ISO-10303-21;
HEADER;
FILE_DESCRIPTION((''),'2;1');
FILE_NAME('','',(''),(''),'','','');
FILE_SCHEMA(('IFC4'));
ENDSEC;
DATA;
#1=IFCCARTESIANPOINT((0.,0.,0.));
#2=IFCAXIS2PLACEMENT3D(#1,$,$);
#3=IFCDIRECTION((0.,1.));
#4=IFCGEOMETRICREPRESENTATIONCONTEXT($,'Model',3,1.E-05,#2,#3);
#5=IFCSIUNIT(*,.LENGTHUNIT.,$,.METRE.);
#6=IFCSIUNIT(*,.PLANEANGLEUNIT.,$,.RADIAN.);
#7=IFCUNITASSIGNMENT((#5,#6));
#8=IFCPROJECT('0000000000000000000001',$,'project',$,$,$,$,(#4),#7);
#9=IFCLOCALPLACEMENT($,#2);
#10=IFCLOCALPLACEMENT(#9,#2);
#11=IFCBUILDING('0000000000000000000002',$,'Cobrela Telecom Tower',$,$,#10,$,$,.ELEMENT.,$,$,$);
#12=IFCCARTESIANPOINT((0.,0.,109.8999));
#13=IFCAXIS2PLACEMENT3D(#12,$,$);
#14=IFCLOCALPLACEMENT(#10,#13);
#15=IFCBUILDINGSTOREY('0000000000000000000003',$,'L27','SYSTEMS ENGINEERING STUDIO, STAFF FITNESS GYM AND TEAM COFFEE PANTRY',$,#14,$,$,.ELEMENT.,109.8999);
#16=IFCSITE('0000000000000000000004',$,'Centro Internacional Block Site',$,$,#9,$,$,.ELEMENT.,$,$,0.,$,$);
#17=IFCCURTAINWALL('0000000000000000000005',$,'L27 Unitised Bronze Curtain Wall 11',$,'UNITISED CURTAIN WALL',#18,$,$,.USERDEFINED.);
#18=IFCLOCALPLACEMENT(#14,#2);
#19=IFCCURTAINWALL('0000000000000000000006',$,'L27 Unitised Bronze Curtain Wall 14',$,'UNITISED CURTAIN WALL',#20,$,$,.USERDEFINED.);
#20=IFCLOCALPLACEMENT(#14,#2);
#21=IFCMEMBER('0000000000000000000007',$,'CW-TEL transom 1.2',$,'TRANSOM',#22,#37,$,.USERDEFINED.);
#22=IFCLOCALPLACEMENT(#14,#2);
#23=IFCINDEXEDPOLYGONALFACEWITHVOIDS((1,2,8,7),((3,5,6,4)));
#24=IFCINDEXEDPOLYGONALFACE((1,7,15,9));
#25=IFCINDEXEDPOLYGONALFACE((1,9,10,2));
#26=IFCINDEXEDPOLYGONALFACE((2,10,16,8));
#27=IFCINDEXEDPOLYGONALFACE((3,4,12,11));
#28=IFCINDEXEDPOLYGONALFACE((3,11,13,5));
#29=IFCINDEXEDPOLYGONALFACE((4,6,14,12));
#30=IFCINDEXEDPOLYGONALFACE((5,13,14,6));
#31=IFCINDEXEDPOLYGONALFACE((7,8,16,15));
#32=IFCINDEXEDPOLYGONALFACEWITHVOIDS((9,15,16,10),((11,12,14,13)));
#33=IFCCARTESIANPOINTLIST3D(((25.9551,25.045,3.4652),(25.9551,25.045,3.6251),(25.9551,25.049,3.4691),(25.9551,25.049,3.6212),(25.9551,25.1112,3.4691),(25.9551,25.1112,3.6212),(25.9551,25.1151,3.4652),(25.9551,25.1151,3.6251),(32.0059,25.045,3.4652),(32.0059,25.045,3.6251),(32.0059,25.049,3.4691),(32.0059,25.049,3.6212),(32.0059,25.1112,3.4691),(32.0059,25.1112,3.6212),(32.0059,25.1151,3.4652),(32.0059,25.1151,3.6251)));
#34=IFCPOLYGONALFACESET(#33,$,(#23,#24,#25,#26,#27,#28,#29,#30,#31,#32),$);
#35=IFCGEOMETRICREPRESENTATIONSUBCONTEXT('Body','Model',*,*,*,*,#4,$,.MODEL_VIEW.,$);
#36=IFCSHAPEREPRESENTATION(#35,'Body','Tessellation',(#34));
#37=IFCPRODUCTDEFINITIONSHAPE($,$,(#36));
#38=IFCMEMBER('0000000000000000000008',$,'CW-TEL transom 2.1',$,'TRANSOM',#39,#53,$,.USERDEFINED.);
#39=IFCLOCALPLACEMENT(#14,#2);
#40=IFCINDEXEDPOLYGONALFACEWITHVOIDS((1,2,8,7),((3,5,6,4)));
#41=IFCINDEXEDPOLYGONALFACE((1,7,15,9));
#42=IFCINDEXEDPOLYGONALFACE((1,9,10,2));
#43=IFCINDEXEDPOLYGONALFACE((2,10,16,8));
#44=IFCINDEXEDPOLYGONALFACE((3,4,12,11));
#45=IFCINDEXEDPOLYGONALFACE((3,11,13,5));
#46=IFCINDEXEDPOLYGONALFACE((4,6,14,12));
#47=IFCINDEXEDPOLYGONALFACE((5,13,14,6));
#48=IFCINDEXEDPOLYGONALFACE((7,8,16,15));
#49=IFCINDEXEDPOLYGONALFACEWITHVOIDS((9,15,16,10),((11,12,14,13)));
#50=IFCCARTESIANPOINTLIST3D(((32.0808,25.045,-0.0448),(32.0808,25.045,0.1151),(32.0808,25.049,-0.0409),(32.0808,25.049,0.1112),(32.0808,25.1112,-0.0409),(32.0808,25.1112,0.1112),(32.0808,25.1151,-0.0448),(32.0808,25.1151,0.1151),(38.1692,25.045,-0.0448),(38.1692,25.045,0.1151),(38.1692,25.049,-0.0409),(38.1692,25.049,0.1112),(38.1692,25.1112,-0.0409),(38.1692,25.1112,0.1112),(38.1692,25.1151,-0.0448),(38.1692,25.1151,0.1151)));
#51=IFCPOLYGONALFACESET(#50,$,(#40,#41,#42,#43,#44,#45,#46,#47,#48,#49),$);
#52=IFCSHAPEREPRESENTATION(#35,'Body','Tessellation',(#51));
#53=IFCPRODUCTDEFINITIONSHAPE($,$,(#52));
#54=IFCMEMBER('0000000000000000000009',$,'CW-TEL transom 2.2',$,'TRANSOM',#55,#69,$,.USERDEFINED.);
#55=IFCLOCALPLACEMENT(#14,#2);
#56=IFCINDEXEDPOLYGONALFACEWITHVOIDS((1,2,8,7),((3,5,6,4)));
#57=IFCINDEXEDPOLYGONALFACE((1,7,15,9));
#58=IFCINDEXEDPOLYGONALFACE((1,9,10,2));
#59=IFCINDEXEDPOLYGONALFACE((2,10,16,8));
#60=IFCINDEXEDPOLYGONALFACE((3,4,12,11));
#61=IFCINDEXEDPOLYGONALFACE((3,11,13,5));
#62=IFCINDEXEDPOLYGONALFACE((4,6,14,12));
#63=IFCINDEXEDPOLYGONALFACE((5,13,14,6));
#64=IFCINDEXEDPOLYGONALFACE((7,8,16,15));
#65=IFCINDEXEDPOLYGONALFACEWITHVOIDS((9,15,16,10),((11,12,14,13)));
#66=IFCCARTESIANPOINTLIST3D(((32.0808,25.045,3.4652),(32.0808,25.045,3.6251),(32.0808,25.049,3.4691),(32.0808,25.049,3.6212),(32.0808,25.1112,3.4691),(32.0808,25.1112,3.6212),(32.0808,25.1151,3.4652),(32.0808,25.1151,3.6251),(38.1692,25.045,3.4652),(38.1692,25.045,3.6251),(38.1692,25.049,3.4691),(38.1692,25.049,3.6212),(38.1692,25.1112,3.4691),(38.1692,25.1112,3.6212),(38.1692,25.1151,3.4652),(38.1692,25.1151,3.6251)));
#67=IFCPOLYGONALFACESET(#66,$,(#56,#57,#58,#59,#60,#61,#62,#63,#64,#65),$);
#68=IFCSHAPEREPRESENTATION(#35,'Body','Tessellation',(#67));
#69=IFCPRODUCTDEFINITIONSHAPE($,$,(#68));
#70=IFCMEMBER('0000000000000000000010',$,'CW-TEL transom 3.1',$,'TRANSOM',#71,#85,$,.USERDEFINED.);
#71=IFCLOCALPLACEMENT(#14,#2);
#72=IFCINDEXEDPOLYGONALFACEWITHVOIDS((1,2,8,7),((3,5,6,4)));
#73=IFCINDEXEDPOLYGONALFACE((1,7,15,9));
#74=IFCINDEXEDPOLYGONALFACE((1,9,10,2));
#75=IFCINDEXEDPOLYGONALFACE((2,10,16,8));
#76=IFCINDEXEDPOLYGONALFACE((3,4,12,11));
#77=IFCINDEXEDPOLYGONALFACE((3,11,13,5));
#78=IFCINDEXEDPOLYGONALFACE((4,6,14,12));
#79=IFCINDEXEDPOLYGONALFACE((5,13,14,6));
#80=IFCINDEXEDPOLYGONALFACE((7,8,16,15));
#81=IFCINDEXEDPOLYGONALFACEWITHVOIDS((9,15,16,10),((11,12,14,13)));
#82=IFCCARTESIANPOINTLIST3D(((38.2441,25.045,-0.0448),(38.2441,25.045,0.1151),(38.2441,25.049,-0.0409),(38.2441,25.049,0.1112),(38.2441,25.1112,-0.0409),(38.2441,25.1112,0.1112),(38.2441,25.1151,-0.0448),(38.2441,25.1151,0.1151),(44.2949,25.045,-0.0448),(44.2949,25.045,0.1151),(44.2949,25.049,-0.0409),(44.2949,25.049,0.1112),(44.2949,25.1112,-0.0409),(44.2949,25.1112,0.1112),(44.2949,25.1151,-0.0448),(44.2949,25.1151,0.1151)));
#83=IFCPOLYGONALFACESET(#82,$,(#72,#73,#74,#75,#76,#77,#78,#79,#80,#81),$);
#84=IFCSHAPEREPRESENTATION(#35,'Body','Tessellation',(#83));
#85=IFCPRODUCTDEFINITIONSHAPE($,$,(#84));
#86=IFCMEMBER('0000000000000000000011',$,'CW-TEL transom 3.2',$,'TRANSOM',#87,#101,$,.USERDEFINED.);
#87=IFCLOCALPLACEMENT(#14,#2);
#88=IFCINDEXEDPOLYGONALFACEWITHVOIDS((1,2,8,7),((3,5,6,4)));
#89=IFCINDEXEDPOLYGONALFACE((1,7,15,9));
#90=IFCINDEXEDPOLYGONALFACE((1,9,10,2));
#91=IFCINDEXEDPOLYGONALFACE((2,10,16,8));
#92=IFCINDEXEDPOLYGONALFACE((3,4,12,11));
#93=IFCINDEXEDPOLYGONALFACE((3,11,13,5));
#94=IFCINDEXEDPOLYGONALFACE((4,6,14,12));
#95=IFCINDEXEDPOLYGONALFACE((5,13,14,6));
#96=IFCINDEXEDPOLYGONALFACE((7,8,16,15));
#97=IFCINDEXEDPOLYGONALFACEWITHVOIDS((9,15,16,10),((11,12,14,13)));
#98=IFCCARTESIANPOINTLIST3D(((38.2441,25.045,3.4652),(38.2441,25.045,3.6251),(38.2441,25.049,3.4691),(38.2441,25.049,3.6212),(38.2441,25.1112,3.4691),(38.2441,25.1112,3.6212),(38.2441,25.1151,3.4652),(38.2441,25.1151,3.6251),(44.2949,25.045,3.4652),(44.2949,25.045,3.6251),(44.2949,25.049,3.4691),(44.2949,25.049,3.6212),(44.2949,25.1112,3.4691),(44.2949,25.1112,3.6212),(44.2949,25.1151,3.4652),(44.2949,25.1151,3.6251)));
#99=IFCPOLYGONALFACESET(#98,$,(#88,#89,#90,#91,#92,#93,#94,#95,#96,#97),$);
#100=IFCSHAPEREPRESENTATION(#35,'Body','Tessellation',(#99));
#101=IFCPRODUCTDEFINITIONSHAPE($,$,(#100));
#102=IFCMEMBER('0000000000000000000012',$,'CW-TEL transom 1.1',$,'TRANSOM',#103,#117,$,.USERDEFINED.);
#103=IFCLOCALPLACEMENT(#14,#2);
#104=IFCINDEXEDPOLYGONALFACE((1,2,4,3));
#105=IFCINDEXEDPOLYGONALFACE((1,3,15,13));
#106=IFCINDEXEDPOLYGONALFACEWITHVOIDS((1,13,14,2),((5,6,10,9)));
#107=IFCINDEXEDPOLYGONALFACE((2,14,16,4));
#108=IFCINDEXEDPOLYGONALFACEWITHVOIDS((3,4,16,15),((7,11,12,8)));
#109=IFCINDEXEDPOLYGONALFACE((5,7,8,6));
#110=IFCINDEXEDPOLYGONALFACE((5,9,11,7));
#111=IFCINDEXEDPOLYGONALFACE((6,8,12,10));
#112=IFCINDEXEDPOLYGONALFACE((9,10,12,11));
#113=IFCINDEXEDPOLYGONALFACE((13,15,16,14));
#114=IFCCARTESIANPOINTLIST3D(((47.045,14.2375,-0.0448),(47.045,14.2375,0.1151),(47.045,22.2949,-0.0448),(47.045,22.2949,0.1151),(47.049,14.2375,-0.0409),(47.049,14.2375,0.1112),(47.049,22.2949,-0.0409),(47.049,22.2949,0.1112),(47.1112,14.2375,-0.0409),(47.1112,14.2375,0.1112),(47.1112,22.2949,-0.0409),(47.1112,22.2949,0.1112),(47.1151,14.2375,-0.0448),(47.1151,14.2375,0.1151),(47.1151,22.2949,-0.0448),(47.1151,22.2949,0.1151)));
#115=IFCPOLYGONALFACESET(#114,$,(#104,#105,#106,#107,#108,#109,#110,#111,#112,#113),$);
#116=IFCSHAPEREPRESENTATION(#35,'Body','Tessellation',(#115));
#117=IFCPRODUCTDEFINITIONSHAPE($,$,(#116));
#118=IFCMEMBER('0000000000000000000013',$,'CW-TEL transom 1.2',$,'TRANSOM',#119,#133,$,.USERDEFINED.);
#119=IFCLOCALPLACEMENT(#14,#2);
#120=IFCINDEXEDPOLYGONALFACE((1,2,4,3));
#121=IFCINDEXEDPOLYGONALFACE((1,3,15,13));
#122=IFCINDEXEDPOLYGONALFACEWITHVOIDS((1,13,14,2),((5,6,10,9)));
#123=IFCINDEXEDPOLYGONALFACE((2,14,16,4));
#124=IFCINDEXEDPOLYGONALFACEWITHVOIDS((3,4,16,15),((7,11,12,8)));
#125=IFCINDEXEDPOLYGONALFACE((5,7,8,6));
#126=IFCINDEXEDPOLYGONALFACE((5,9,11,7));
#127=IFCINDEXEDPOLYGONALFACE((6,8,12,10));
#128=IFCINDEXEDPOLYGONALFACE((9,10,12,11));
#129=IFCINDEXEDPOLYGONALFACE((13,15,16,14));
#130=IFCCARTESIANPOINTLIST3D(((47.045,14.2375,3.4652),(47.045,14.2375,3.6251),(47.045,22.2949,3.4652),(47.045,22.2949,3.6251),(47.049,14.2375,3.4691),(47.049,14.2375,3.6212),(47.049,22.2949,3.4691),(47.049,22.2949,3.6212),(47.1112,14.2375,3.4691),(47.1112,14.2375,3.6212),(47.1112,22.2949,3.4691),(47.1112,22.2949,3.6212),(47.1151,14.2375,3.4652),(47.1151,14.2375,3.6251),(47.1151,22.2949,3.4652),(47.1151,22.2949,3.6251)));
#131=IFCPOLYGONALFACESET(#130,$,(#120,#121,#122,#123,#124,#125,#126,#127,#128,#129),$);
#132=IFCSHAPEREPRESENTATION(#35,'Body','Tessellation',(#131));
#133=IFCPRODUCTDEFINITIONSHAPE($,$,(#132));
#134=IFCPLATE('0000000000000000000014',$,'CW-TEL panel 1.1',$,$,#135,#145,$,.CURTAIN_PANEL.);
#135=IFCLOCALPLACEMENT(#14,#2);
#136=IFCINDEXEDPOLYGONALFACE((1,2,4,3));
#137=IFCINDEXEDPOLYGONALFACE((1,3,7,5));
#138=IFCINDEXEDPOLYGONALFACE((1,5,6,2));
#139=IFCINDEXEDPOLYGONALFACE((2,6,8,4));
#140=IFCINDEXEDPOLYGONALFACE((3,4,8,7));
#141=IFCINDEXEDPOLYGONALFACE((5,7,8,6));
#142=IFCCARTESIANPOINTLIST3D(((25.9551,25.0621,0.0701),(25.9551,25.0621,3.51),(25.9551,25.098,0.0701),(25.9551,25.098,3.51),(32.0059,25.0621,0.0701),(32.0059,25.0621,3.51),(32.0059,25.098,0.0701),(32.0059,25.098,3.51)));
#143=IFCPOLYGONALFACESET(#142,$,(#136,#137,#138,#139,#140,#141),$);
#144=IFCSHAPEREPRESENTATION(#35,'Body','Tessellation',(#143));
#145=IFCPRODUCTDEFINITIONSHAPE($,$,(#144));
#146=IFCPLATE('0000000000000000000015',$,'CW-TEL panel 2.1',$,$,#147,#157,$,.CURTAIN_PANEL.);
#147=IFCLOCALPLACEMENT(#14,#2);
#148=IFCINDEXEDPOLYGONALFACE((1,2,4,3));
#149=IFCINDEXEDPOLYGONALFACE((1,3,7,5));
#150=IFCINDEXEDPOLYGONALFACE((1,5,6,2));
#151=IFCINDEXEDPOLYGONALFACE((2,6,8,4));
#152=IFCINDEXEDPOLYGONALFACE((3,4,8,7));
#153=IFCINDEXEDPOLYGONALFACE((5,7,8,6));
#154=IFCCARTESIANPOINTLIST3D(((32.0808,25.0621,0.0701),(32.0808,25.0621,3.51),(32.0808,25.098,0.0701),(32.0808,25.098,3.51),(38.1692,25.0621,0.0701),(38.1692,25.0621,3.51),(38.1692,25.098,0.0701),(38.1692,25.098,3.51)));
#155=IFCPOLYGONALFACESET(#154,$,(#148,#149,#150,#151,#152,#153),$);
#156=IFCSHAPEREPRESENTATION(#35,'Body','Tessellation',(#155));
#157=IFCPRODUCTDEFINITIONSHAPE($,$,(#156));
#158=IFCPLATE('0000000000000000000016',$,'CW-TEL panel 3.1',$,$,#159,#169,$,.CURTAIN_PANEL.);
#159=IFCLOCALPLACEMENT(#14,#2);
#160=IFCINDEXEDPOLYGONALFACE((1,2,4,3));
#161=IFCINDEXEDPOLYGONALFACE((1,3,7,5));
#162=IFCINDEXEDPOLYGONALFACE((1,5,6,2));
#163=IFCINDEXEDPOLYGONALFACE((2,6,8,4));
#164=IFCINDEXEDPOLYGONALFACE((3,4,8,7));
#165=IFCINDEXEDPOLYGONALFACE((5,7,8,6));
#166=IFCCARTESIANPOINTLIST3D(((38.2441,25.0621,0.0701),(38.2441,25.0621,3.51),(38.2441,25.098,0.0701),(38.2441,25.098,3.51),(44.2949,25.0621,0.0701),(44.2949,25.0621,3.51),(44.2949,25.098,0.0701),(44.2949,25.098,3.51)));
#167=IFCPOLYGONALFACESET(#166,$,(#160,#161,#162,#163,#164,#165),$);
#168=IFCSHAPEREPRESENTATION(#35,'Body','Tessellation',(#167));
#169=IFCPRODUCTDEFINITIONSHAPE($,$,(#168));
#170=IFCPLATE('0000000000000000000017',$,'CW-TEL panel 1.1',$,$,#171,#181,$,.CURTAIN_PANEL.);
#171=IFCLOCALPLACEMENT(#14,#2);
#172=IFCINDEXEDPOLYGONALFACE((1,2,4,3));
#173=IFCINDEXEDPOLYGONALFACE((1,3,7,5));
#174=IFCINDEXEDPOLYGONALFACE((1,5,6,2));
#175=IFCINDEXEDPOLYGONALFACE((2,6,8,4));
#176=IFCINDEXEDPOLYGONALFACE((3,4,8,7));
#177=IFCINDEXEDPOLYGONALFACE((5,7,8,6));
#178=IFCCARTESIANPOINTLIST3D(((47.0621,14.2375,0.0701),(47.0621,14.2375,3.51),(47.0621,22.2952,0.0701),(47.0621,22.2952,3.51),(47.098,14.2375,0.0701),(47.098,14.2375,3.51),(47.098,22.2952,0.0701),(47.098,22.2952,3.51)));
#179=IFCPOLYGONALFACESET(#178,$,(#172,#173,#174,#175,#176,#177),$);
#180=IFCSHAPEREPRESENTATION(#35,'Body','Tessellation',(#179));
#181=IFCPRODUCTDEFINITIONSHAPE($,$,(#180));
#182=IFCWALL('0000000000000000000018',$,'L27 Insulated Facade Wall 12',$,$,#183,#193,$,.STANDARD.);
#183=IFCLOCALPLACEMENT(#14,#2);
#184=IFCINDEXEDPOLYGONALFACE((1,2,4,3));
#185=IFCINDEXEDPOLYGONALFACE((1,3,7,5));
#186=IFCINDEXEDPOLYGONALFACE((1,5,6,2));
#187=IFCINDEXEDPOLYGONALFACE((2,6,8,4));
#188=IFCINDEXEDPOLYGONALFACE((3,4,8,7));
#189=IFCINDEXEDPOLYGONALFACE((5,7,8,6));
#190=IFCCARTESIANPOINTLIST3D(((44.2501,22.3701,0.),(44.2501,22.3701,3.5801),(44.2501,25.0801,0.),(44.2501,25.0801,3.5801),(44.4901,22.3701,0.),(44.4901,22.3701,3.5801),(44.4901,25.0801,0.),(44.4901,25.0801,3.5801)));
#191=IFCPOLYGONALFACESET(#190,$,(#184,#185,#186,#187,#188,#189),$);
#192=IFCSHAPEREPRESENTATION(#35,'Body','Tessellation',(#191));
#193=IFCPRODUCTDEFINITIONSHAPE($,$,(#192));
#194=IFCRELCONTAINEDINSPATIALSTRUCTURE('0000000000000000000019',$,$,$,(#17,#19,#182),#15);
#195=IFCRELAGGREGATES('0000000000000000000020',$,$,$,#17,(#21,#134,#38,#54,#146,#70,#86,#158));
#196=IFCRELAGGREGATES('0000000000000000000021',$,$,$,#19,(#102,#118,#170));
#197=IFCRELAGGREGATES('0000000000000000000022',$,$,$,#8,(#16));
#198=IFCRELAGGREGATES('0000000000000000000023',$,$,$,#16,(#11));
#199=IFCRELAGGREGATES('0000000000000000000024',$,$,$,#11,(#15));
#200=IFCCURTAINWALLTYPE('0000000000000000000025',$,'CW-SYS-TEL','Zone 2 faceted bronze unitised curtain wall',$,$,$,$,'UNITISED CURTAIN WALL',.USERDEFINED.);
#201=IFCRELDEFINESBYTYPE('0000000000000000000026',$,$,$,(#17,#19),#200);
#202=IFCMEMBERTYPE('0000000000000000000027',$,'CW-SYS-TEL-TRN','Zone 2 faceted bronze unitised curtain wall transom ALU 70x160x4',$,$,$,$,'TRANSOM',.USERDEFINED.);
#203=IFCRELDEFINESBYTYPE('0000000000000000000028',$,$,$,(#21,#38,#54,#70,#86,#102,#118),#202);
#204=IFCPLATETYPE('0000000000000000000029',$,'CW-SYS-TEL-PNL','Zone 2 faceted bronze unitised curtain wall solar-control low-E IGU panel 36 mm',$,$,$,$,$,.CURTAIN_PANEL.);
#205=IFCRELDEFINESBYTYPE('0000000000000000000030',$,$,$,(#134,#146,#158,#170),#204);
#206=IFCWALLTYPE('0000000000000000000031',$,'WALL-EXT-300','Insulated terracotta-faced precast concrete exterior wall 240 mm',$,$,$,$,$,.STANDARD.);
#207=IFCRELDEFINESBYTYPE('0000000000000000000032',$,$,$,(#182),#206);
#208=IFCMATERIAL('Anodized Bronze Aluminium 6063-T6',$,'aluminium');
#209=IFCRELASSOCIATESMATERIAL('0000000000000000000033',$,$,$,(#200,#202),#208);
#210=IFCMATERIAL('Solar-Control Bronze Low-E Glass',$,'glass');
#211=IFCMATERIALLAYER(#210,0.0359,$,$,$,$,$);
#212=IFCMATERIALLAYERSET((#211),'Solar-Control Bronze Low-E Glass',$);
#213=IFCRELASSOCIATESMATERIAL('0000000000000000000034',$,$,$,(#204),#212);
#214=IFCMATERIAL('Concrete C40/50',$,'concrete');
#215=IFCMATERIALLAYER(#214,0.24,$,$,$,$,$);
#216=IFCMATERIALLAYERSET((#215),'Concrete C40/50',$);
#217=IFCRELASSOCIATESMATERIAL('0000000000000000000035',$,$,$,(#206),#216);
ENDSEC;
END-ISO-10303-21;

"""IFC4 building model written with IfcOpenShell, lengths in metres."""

from ifc_helpers import new_model, si_unit, direction, frame, frame_2d, origin, origin_2d, place, context, subcontext, project, spatial, rectangle, hollow_rectangle, extrude, material, layer, layer_set, material_profile, profile_set, type_object, element, aggregate, save


model = new_model("IFC4")

# Units and contexts
model_context = context("Model", 3, precision=1e-05, world=origin(), true_north=direction((0.0, 1.0)))
body_context = subcontext(model_context, "Body", "Model", "MODEL_VIEW")
ifc_project = project(units=[si_unit("LENGTHUNIT", "METRE"), si_unit("PLANEANGLEUNIT", "RADIAN")], contexts=[model_context])

# Site, building, storey
site_placement = place(None, origin())
site = spatial("IfcSite", under=ifc_project, at=site_placement, Name="Centro Internacional Block Site", CompositionType="ELEMENT", RefElevation=0.0)
building_placement = place(site_placement, origin())
building = spatial("IfcBuilding", under=site, at=building_placement, Name="Cobrela Telecom Tower", CompositionType="ELEMENT")
storey_placement = place(building_placement, frame((0.0, 0.0, 109.8999)))
storey = spatial("IfcBuildingStorey", under=building, at=storey_placement, Name="L27", Description="SYSTEMS ENGINEERING STUDIO, STAFF FITNESS GYM AND TEAM COFFEE PANTRY", CompositionType="ELEMENT", Elevation=109.8999)

# Curtain wall
ifc_material_1 = material(Name="Anodized Bronze Aluminium 6063-T6", Category="aluminium")
curtain_wall_type = type_object("IfcCurtainWallType", Name="CW-SYS-TEL", Description="Zone 2 faceted bronze unitised curtain wall", ElementType="UNITISED CURTAIN WALL", PredefinedType="USERDEFINED", material=ifc_material_1)
curtain_wall_1_placement = place(storey_placement, origin())
curtain_wall_1 = element("IfcCurtainWall", 1, at=curtain_wall_1_placement, inside=storey, type_object=curtain_wall_type, Name="L27 Unitised Bronze Curtain Wall 11", ObjectType="UNITISED CURTAIN WALL", PredefinedType="USERDEFINED")

# Curtain wall
curtain_wall_2_placement = place(storey_placement, origin())
curtain_wall_2 = element("IfcCurtainWall", 2, at=curtain_wall_2_placement, inside=storey, type_object=curtain_wall_type, Name="L27 Unitised Bronze Curtain Wall 14", ObjectType="UNITISED CURTAIN WALL", PredefinedType="USERDEFINED")

# Members
ifc_material_profile_1 = material_profile(ifc_material_1, hollow_rectangle(XDim=0.0701, YDim=0.1599, WallThickness=0.0039, at=origin_2d()), Name="ALU 70x160x4")
ifc_profile_set_1 = profile_set([ifc_material_profile_1], Name="Anodized Bronze Aluminium 6063-T6")
member_type_1 = type_object("IfcMemberType", Name="CW-SYS-TEL-TRN", Description="Zone 2 faceted bronze unitised curtain wall transom ALU 70x160x4", ElementType="TRANSOM", PredefinedType="USERDEFINED", material=ifc_profile_set_1)
member_1_placement = place(storey_placement, frame((25.9551, 25.0801, 3.5452), z_axis=(1.0, 0.0, 0.0), x_axis=(0.0, 1.0, 0.0)))
member_1 = element("IfcMember", 3, at=member_1_placement, type_object=member_type_1, Name="CW-TEL transom 1.2", ObjectType="TRANSOM", PredefinedType="USERDEFINED", context=body_context, shape_type="SweptSolid", body=[
    extrude(hollow_rectangle(XDim=0.0701, YDim=0.1599, WallThickness=0.0039, at=origin_2d()), origin(), (0.0, 0.0, 1.0), 6.0508),
])
member_2_placement = place(storey_placement, frame((32.0808, 25.0801, 0.0352), z_axis=(1.0, 0.0, 0.0), x_axis=(0.0, 1.0, 0.0)))
member_2 = element("IfcMember", 4, at=member_2_placement, type_object=member_type_1, Name="CW-TEL transom 2.1", ObjectType="TRANSOM", PredefinedType="USERDEFINED", context=body_context, shape_type="SweptSolid", body=[
    extrude(hollow_rectangle(XDim=0.0701, YDim=0.1599, WallThickness=0.0039, at=origin_2d()), origin(), (0.0, 0.0, 1.0), 6.0884),
])
member_3_placement = place(storey_placement, frame((32.0808, 25.0801, 3.5452), z_axis=(1.0, 0.0, 0.0), x_axis=(0.0, 1.0, 0.0)))
member_3 = element("IfcMember", 5, at=member_3_placement, type_object=member_type_1, Name="CW-TEL transom 2.2", ObjectType="TRANSOM", PredefinedType="USERDEFINED", context=body_context, shape_type="SweptSolid", body=[
    extrude(hollow_rectangle(XDim=0.0701, YDim=0.1599, WallThickness=0.0039, at=origin_2d()), origin(), (0.0, 0.0, 1.0), 6.0884),
])
member_4_placement = place(storey_placement, frame((38.2441, 25.0801, 0.0352), z_axis=(1.0, 0.0, 0.0), x_axis=(0.0, 1.0, 0.0)))
member_4 = element("IfcMember", 6, at=member_4_placement, type_object=member_type_1, Name="CW-TEL transom 3.1", ObjectType="TRANSOM", PredefinedType="USERDEFINED", context=body_context, shape_type="SweptSolid", body=[
    extrude(hollow_rectangle(XDim=0.0701, YDim=0.1599, WallThickness=0.0039, at=origin_2d()), origin(), (0.0, 0.0, 1.0), 6.0508),
])
member_5_placement = place(storey_placement, frame((38.2441, 25.0801, 3.5452), z_axis=(1.0, 0.0, 0.0), x_axis=(0.0, 1.0, 0.0)))
member_5 = element("IfcMember", 7, at=member_5_placement, type_object=member_type_1, Name="CW-TEL transom 3.2", ObjectType="TRANSOM", PredefinedType="USERDEFINED", context=body_context, shape_type="SweptSolid", body=[
    extrude(hollow_rectangle(XDim=0.0701, YDim=0.1599, WallThickness=0.0039, at=origin_2d()), origin(), (0.0, 0.0, 1.0), 6.0508),
])
member_6_placement = place(storey_placement, frame((47.0801, 22.2949, 0.0352), z_axis=(0.0, -1.0, 0.0), x_axis=(1.0, 0.0, 0.0)))
member_6 = element("IfcMember", 8, at=member_6_placement, type_object=member_type_1, Name="CW-TEL transom 1.1", ObjectType="TRANSOM", PredefinedType="USERDEFINED", context=body_context, shape_type="SweptSolid", body=[
    extrude(hollow_rectangle(XDim=0.0701, YDim=0.1599, WallThickness=0.0039, at=origin_2d()), origin(), (0.0, 0.0, 1.0), 8.0574),
])
member_7_placement = place(storey_placement, frame((47.0801, 22.2949, 3.5452), z_axis=(0.0, -1.0, 0.0), x_axis=(1.0, 0.0, 0.0)))
member_7 = element("IfcMember", 9, at=member_7_placement, type_object=member_type_1, Name="CW-TEL transom 1.2", ObjectType="TRANSOM", PredefinedType="USERDEFINED", context=body_context, shape_type="SweptSolid", body=[
    extrude(hollow_rectangle(XDim=0.0701, YDim=0.1599, WallThickness=0.0039, at=origin_2d()), origin(), (0.0, 0.0, 1.0), 8.0574),
])

# Plates
ifc_material_2 = material(Name="Solar-Control Bronze Low-E Glass", Category="glass")
ifc_layer_1 = layer(ifc_material_2, 0.0359)
ifc_layer_set_1 = layer_set([ifc_layer_1], Name="Solar-Control Bronze Low-E Glass")
plate_type = type_object("IfcPlateType", Name="CW-SYS-TEL-PNL", Description="Zone 2 faceted bronze unitised curtain wall solar-control low-E IGU panel 36 mm", PredefinedType="CURTAIN_PANEL", material=ifc_layer_set_1)
plate_1_placement = place(storey_placement, frame((28.9805, 25.0801, 0.0701), z_axis=(0.0, 0.0, 1.0), x_axis=(1.0, 0.0, 0.0)))
plate_1 = element("IfcPlate", 10, at=plate_1_placement, type_object=plate_type, Name="CW-TEL panel 1.1", PredefinedType="CURTAIN_PANEL", context=body_context, shape_type="SweptSolid", body=[
    extrude(rectangle(XDim=6.0508, YDim=0.0359, at=origin_2d()), origin(), (0.0, 0.0, 1.0), 3.4399),
])
plate_2_placement = place(storey_placement, frame((35.125, 25.0801, 0.0701), z_axis=(0.0, 0.0, 1.0), x_axis=(1.0, 0.0, 0.0)))
plate_2 = element("IfcPlate", 11, at=plate_2_placement, type_object=plate_type, Name="CW-TEL panel 2.1", PredefinedType="CURTAIN_PANEL", context=body_context, shape_type="SweptSolid", body=[
    extrude(rectangle(XDim=6.0884, YDim=0.0359, at=origin_2d()), origin(), (0.0, 0.0, 1.0), 3.4399),
])
plate_3_placement = place(storey_placement, frame((41.2695, 25.0801, 0.0701), z_axis=(0.0, 0.0, 1.0), x_axis=(1.0, 0.0, 0.0)))
plate_3 = element("IfcPlate", 12, at=plate_3_placement, type_object=plate_type, Name="CW-TEL panel 3.1", PredefinedType="CURTAIN_PANEL", context=body_context, shape_type="SweptSolid", body=[
    extrude(rectangle(XDim=6.0508, YDim=0.0359, at=origin_2d()), origin(), (0.0, 0.0, 1.0), 3.4399),
])
aggregate(curtain_wall_1, [member_1, plate_1, member_2, member_3, plate_2, member_4, member_5, plate_3])
plate_4_placement = place(storey_placement, frame((47.0801, 18.2664, 0.0701), z_axis=(0.0, 0.0, 1.0), x_axis=(0.0, -1.0, 0.0)))
plate_4 = element("IfcPlate", 13, at=plate_4_placement, type_object=plate_type, Name="CW-TEL panel 1.1", PredefinedType="CURTAIN_PANEL", context=body_context, shape_type="SweptSolid", body=[
    extrude(rectangle(XDim=8.0576, YDim=0.0359, at=origin_2d()), origin(), (0.0, 0.0, 1.0), 3.4399),
])
aggregate(curtain_wall_2, [member_6, member_7, plate_4])

# Wall
ifc_material_3 = material(Name="Concrete C40/50", Category="concrete")
ifc_layer_2 = layer(ifc_material_3, 0.24)
ifc_layer_set_2 = layer_set([ifc_layer_2], Name="Concrete C40/50")
wall_type_1 = type_object("IfcWallType", Name="WALL-EXT-300", Description="Insulated terracotta-faced precast concrete exterior wall 240 mm", PredefinedType="STANDARD", material=ifc_layer_set_2)
wall_1_placement = place(storey_placement, frame((44.3701, 25.0801, 0.0), z_axis=(0.0, 0.0, 1.0), x_axis=(0.0, -1.0, 0.0)))
element("IfcWall", 14, at=wall_1_placement, inside=storey, type_object=wall_type_1, Name="L27 Insulated Facade Wall 12", PredefinedType="STANDARD", context=body_context, shape_type="SweptSolid", body=[
    extrude(rectangle(XDim=2.71, YDim=0.24, at=frame_2d((1.355, 0.0))), origin(), (0.0, 0.0, 1.0), 3.5801),
])

save(model, "model.ifc")
